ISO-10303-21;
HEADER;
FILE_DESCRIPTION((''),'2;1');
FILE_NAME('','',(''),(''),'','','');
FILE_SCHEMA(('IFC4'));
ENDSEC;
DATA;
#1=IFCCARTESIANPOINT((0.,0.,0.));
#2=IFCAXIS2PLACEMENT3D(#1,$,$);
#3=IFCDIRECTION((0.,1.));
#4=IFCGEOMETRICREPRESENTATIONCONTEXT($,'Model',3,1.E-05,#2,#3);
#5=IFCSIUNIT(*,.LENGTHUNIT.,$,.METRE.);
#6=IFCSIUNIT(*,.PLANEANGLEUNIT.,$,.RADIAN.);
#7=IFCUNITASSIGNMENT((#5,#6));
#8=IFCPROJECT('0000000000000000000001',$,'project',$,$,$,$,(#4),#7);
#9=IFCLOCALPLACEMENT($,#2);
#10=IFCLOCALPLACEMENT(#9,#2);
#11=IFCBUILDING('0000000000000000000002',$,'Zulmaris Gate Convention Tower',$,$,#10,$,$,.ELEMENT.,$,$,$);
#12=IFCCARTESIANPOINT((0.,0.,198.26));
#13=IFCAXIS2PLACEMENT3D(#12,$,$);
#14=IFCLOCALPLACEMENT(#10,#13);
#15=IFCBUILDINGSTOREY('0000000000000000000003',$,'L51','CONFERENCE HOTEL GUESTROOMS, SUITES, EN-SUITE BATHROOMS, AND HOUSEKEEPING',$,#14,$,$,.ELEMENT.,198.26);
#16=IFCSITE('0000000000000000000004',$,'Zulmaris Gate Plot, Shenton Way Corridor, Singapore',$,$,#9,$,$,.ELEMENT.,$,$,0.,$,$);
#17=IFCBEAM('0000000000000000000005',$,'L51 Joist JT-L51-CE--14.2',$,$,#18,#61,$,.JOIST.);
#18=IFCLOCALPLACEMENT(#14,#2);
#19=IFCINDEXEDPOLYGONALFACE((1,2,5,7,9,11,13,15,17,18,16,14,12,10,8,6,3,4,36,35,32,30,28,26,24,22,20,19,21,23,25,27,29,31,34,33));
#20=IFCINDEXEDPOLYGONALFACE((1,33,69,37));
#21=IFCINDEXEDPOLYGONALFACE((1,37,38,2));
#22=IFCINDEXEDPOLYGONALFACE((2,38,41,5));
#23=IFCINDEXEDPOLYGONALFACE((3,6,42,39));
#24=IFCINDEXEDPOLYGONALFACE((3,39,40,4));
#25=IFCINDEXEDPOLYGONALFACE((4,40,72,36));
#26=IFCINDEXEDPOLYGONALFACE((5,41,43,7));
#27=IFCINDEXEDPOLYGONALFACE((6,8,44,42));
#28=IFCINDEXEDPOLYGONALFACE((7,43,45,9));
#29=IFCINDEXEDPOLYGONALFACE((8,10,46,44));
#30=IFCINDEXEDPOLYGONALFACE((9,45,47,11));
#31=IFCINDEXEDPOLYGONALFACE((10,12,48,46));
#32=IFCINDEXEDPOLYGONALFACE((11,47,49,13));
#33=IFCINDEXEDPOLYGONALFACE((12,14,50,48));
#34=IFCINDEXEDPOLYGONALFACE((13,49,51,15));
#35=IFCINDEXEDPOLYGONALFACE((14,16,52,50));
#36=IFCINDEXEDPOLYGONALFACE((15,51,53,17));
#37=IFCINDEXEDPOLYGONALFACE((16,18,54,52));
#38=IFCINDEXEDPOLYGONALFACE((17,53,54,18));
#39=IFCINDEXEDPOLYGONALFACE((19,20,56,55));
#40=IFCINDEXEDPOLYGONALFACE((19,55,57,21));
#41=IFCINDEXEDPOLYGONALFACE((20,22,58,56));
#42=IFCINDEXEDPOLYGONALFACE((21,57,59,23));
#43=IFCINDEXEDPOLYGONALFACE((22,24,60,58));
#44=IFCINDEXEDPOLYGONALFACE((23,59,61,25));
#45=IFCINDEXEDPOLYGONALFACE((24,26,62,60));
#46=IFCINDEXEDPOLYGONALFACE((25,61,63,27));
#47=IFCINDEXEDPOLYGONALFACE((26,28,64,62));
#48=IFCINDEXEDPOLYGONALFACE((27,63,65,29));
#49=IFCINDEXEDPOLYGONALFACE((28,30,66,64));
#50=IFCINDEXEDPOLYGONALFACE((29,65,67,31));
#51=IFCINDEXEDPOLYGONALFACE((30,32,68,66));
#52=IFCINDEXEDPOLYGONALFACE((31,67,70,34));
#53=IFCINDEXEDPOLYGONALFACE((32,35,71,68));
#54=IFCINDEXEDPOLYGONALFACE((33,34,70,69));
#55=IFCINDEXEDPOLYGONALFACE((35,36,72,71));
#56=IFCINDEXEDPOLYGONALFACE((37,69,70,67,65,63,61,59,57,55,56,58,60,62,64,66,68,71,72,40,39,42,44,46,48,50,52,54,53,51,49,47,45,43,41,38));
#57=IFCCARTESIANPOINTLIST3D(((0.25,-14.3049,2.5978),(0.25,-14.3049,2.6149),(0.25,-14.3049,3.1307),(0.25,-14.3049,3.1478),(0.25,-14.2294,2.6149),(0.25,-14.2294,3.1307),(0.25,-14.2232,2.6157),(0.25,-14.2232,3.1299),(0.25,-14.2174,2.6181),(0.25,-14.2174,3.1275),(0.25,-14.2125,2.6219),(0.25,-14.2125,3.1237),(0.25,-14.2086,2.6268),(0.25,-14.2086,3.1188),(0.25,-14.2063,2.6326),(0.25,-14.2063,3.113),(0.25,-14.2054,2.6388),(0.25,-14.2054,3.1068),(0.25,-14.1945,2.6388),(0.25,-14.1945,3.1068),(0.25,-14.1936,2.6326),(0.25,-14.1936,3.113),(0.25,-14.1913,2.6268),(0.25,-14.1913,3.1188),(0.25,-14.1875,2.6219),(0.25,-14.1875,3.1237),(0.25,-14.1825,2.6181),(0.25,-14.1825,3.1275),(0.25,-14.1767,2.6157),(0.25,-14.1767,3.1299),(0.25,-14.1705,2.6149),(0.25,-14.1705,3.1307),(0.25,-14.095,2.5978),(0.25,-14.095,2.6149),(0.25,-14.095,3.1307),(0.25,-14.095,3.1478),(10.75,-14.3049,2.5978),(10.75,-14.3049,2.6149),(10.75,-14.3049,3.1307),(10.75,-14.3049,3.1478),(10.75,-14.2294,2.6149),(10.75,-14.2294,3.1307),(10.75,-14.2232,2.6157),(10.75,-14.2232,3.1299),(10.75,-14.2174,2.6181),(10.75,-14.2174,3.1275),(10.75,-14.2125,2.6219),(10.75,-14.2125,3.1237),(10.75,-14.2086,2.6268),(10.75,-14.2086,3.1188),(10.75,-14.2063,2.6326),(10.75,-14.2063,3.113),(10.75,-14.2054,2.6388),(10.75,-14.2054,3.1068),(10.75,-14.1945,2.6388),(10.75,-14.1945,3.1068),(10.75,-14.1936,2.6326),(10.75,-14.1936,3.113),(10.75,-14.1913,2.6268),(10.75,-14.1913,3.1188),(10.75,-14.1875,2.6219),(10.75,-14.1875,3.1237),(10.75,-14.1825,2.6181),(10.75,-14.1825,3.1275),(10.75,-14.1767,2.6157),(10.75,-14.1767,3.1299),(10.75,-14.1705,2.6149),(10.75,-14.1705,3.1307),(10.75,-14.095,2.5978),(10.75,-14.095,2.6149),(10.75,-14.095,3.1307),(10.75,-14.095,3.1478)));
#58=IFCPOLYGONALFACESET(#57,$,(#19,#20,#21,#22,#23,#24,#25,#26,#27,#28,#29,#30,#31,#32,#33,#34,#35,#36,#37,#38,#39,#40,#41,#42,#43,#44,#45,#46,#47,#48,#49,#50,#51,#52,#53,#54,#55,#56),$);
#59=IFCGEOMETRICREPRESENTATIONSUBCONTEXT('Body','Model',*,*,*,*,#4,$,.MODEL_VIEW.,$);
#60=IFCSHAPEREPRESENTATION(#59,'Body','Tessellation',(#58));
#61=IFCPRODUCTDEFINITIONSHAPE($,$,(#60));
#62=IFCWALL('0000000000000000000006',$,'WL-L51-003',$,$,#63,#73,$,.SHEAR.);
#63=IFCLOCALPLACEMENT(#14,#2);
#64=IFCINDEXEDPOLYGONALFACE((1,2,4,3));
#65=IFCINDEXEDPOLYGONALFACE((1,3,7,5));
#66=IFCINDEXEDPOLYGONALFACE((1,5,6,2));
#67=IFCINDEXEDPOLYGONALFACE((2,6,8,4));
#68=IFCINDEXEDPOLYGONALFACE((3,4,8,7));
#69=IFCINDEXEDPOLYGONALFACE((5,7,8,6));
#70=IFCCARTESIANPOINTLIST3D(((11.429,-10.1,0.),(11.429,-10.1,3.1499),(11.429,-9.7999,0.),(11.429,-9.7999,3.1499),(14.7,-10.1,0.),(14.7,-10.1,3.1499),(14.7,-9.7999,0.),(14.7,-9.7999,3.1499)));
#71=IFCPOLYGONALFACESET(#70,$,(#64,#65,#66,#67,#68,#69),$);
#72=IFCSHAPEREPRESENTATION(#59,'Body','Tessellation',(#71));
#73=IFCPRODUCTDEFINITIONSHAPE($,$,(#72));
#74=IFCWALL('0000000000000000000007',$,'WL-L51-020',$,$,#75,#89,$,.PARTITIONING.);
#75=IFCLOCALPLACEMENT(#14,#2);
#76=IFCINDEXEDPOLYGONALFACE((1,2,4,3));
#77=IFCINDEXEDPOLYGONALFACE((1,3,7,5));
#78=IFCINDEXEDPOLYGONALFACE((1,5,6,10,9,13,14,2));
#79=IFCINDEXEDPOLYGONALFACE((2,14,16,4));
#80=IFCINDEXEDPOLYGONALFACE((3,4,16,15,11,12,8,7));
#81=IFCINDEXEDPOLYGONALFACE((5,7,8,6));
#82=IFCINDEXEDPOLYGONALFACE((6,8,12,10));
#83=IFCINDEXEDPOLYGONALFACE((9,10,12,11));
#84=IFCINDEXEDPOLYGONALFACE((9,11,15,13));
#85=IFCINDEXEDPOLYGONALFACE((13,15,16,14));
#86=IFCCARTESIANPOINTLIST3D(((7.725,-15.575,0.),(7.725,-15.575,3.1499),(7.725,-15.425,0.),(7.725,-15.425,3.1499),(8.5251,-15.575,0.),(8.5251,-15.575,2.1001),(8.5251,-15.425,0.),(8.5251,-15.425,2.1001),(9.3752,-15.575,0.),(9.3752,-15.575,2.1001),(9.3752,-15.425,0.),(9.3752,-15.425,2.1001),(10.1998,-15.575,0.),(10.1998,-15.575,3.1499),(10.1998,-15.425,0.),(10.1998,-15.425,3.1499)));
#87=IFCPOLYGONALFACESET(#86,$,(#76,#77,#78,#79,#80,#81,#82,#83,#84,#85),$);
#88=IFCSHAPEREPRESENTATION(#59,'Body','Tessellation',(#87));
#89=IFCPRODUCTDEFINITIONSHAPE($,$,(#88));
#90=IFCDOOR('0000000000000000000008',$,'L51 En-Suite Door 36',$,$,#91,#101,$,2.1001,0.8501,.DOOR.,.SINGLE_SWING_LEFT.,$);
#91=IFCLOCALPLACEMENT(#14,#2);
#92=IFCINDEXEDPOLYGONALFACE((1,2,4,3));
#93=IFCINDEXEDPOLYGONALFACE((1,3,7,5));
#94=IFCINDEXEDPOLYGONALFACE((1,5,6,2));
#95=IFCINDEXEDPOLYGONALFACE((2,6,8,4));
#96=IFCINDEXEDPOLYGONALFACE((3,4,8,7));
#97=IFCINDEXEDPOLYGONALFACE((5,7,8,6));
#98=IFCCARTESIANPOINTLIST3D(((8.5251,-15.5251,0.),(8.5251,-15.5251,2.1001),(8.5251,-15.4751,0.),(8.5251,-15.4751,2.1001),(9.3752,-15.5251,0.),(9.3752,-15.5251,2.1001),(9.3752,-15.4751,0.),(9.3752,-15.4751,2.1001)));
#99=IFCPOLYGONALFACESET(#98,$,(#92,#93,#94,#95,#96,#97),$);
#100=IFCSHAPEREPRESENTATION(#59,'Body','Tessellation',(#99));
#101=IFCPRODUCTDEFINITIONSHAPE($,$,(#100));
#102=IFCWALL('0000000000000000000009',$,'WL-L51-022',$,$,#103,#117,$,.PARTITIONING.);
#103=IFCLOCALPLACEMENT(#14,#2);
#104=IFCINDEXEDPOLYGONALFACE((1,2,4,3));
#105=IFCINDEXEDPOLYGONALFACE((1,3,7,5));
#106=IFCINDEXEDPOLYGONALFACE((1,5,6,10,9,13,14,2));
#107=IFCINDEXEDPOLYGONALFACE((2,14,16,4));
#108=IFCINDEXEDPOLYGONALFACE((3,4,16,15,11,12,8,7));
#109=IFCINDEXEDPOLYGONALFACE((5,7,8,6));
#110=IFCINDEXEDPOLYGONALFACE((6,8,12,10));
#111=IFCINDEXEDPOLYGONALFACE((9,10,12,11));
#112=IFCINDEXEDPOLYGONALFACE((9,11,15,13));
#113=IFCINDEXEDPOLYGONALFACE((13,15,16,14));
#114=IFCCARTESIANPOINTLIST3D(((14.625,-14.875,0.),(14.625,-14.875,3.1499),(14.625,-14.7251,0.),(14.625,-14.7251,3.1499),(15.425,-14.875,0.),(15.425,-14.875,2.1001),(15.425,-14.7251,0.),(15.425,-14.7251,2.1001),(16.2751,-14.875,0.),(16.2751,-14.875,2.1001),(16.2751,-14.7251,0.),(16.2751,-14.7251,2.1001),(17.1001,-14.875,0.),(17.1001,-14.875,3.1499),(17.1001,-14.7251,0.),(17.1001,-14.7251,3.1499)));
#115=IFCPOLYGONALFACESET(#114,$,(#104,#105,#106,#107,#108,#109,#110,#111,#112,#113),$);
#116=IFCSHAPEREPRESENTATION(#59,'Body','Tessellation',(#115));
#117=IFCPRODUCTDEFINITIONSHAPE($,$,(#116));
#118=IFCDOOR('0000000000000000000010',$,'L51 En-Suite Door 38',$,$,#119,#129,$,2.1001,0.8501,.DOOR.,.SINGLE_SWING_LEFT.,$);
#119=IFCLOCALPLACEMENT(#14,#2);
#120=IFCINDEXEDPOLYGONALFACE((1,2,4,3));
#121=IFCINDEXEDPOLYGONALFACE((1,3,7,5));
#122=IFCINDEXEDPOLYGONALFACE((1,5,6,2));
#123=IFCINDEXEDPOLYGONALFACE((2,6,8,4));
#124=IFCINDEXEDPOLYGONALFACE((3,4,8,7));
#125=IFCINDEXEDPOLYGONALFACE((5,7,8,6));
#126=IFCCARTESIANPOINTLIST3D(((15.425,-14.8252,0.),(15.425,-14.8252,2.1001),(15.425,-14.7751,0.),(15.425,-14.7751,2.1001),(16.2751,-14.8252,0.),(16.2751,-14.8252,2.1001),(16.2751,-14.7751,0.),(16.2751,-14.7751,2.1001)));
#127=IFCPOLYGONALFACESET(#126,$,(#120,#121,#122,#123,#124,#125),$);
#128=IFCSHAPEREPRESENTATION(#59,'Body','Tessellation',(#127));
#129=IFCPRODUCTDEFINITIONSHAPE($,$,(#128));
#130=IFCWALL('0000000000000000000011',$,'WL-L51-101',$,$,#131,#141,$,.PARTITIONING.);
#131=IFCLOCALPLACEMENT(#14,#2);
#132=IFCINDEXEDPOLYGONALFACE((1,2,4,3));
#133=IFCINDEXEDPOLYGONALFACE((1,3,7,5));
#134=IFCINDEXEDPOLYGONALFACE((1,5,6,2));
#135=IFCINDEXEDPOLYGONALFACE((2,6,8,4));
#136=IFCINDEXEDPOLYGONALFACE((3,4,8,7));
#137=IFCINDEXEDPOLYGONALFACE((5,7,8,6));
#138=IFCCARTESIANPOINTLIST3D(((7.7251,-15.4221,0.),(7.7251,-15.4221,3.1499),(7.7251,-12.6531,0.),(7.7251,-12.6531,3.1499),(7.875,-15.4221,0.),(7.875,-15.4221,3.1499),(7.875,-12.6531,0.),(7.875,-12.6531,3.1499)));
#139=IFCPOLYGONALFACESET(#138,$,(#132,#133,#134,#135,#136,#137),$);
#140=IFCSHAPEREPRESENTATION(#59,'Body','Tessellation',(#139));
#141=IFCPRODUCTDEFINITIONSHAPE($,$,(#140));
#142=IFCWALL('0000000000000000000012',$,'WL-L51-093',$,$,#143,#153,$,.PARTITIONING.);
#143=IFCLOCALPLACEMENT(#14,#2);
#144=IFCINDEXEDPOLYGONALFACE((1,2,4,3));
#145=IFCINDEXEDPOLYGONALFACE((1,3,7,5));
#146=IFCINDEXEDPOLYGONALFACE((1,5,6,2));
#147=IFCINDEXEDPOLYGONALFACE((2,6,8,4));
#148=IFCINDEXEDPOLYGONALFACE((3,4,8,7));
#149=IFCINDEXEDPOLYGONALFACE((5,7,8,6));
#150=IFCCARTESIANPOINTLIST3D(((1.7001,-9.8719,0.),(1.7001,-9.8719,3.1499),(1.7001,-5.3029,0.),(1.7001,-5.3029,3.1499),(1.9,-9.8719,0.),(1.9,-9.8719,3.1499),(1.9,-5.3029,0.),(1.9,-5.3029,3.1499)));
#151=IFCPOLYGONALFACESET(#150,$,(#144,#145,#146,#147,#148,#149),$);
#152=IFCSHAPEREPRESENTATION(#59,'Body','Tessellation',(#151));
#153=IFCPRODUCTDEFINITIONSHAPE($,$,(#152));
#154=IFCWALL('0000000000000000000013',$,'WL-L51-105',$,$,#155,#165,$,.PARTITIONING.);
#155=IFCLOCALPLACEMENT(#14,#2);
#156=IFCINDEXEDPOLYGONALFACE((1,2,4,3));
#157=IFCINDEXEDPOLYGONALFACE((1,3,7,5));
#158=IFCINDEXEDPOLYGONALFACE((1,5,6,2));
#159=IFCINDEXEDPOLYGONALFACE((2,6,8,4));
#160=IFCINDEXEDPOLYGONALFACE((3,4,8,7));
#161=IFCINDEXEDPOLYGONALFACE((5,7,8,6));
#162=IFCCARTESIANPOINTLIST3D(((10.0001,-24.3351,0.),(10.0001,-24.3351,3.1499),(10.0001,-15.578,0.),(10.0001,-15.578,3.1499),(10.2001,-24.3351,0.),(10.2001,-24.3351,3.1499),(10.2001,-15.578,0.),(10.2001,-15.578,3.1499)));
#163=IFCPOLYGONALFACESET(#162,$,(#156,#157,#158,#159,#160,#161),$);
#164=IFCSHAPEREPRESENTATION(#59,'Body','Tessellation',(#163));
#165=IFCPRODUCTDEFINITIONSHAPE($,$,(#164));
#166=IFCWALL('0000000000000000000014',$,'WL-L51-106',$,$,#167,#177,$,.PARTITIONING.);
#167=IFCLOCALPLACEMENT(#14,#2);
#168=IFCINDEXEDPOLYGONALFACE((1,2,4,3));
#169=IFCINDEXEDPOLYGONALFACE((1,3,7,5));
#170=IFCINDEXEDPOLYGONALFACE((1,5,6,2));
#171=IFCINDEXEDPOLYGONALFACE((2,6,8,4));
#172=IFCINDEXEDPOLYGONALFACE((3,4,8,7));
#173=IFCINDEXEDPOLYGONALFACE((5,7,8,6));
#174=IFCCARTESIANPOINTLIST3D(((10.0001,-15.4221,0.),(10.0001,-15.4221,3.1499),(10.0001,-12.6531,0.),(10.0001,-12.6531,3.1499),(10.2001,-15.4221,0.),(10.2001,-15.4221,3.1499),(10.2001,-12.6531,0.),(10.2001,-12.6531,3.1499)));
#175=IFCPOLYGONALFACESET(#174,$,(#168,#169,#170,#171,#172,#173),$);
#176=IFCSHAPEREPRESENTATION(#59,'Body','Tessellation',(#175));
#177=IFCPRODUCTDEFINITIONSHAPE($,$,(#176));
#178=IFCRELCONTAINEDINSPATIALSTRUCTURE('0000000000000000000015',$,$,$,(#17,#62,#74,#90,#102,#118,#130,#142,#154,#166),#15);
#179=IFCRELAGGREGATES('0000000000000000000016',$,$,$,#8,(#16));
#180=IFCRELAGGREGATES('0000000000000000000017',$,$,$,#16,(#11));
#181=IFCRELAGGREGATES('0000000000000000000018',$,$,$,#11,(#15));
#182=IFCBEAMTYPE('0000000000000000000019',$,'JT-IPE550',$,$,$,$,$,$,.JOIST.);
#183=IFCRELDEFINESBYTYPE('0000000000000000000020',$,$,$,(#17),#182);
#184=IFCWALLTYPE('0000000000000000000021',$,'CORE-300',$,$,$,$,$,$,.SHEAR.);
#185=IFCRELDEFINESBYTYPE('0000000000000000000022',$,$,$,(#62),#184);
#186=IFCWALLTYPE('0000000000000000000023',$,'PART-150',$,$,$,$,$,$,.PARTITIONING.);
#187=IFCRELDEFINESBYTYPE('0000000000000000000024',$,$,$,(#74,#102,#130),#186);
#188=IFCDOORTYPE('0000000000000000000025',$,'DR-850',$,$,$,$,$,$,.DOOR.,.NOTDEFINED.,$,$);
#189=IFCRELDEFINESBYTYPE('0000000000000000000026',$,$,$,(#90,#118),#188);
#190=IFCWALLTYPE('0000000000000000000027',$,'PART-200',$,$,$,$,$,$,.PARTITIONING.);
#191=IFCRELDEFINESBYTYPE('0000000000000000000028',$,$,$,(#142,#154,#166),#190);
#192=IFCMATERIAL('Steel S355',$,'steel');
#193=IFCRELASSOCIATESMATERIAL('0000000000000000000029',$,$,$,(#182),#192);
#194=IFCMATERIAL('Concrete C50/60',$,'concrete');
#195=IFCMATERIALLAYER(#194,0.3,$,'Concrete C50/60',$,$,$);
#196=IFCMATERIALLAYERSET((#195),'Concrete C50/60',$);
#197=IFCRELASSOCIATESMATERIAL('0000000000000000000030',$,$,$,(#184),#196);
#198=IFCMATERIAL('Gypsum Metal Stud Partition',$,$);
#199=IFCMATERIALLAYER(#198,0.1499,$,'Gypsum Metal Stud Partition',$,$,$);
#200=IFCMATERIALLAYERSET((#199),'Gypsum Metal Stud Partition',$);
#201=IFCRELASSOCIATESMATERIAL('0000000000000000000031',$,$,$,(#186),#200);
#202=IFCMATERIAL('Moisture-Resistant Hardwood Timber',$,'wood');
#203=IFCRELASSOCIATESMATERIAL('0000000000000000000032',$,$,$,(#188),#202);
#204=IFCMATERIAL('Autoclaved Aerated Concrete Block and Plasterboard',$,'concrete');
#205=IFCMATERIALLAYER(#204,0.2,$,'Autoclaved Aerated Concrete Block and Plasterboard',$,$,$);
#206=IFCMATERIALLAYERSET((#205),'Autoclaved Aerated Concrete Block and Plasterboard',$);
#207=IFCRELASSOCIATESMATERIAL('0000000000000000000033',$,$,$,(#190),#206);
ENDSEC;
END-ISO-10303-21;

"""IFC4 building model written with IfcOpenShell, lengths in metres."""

from ifc_helpers import new_model, si_unit, direction, frame, frame_2d, origin, origin_2d, place, context, subcontext, project, spatial, rectangle, i_section, extrude, material, layer, layer_set, material_profile, profile_set, type_object, element, fill, save


model = new_model("IFC4")

# Units and contexts
model_context = context("Model", 3, precision=1e-05, world=origin(), true_north=direction((0.0, 1.0)))
body_context = subcontext(model_context, "Body", "Model", "MODEL_VIEW")
ifc_project = project(units=[si_unit("LENGTHUNIT", "METRE"), si_unit("PLANEANGLEUNIT", "RADIAN")], contexts=[model_context])

# Site, building, storey
site_placement = place(None, origin())
site = spatial("IfcSite", under=ifc_project, at=site_placement, Name="Zulmaris Gate Plot, Shenton Way Corridor, Singapore", CompositionType="ELEMENT", RefElevation=0.0)
building_placement = place(site_placement, origin())
building = spatial("IfcBuilding", under=site, at=building_placement, Name="Zulmaris Gate Convention Tower", CompositionType="ELEMENT")
storey_placement = place(building_placement, frame((0.0, 0.0, 198.26)))
storey = spatial("IfcBuildingStorey", under=building, at=storey_placement, Name="L51", Description="CONFERENCE HOTEL GUESTROOMS, SUITES, EN-SUITE BATHROOMS, AND HOUSEKEEPING", CompositionType="ELEMENT", Elevation=198.26)

# Beam
ifc_material_1 = material(Name="Steel S355", Category="steel")
ifc_material_2 = material(Name="Concrete C50/60", Category="concrete")
ifc_material_profile_1 = material_profile(ifc_material_1, i_section(OverallWidth=0.21, OverallDepth=0.55, WebThickness=0.011, FlangeThickness=0.0171, FilletRadius=0.0239, at=origin_2d()), Name="IPE 550")
ifc_profile_set_1 = profile_set([ifc_material_profile_1], Name="Steel S355")
beam_type_1 = type_object("IfcBeamType", Name="JT-IPE550", PredefinedType="JOIST", material=ifc_profile_set_1)
for number, where, z_axis, x_axis, name in (
    (1, (0.25, -14.2, 2.8728), (1.0, 0.0, 0.0), (0.0, 1.0, 0.0), "L51 Joist JT-L51-CE--14.2"),
):
    element("IfcBeam", number, at=place(storey_placement, frame(where, z_axis=z_axis, x_axis=x_axis)), inside=storey, type_object=beam_type_1, Name=name, PredefinedType="JOIST", context=body_context, shape_type="SweptSolid", body=[
        extrude(i_section(OverallWidth=0.21, OverallDepth=0.55, WebThickness=0.011, FlangeThickness=0.0171, FilletRadius=0.0239, at=origin_2d()), origin(), (0.0, 0.0, 1.0), 10.5),
    ])

# Wall
ifc_layer_1 = layer(ifc_material_2, 0.3, Name="Concrete C50/60")
ifc_layer_set_1 = layer_set([ifc_layer_1], Name="Concrete C50/60")
wall_type_1 = type_object("IfcWallType", Name="CORE-300", PredefinedType="SHEAR", material=ifc_layer_set_1)
wall_1_placement = place(storey_placement, frame((11.429, -9.95, 0.0), z_axis=(0.0, 0.0, 1.0), x_axis=(1.0, 0.0, 0.0)))
element("IfcWall", 2, at=wall_1_placement, inside=storey, type_object=wall_type_1, Name="WL-L51-003", PredefinedType="SHEAR", context=body_context, shape_type="SweptSolid", body=[
    extrude(rectangle(XDim=3.271, YDim=0.3, at=frame_2d((1.6355, 0.0))), origin(), (0.0, 0.0, 1.0), 3.1499),
])

# Walls, openings, doors
ifc_material_3 = material(Name="Gypsum Metal Stud Partition")
ifc_layer_2 = layer(ifc_material_3, 0.1499, Name="Gypsum Metal Stud Partition")
ifc_layer_set_2 = layer_set([ifc_layer_2], Name="Gypsum Metal Stud Partition")
wall_type_2 = type_object("IfcWallType", Name="PART-150", PredefinedType="PARTITIONING", material=ifc_layer_set_2)
wall_2_placement = place(storey_placement, frame((7.7251, -15.5, 0.0), z_axis=(0.0, 0.0, 1.0), x_axis=(1.0, 0.0, 0.0)))
wall_2 = element("IfcWall", 3, at=wall_2_placement, inside=storey, type_object=wall_type_2, Name="WL-L51-020", PredefinedType="PARTITIONING", context=body_context, shape_type="SweptSolid", body=[
    extrude(rectangle(XDim=2.4749, YDim=0.1499, at=frame_2d((1.2373, 0.0))), origin(), (0.0, 0.0, 1.0), 3.1499),
])
opening_1_placement = place(wall_2_placement, frame((0.8, 0.0, 0.0)))
opening_1 = element("IfcOpeningElement", 4, at=opening_1_placement, cuts=wall_2, PredefinedType="OPENING", context=body_context, shape_type="SweptSolid", body=[
    extrude(rectangle(XDim=0.8501, YDim=2.1001, at=frame_2d((0.425, 1.05))), frame((0.0, 0.085, 0.0), z_axis=(0.0, -1.0, 0.0), x_axis=(1.0, 0.0, 0.0)), (0.0, 0.0, 1.0), 0.1699),
])
ifc_material_4 = material(Name="Moisture-Resistant Hardwood Timber", Category="wood")
door_type = type_object("IfcDoorType", Name="DR-850", OperationType="NOTDEFINED", PredefinedType="DOOR", material=ifc_material_4)
door_1_placement = place(opening_1_placement, origin())
door_1 = element("IfcDoor", 5, at=door_1_placement, inside=storey, type_object=door_type, Name="L51 En-Suite Door 36", OperationType="SINGLE_SWING_LEFT", OverallHeight=2.1001, OverallWidth=0.8501, PredefinedType="DOOR", context=body_context, shape_type="SweptSolid", body=[
    extrude(rectangle(XDim=0.8501, YDim=2.1001, at=frame_2d((0.425, 1.05))), frame((0.0, 0.0249, 0.0), z_axis=(0.0, -1.0, 0.0), x_axis=(1.0, 0.0, 0.0)), (0.0, 0.0, 1.0), 0.05),
])
fill(opening_1, door_1)
wall_3_placement = place(storey_placement, frame((14.625, -14.8, 0.0), z_axis=(0.0, 0.0, 1.0), x_axis=(1.0, 0.0, 0.0)))
wall_3 = element("IfcWall", 6, at=wall_3_placement, inside=storey, type_object=wall_type_2, Name="WL-L51-022", PredefinedType="PARTITIONING", context=body_context, shape_type="SweptSolid", body=[
    extrude(rectangle(XDim=2.4751, YDim=0.1499, at=frame_2d((1.2375, 0.0))), origin(), (0.0, 0.0, 1.0), 3.1499),
])
opening_2_placement = place(wall_3_placement, frame((0.8, 0.0, 0.0)))
opening_2 = element("IfcOpeningElement", 7, at=opening_2_placement, cuts=wall_3, PredefinedType="OPENING", context=body_context, shape_type="SweptSolid", body=[
    extrude(rectangle(XDim=0.8501, YDim=2.1001, at=frame_2d((0.425, 1.05))), frame((0.0, 0.085, 0.0), z_axis=(0.0, -1.0, 0.0), x_axis=(1.0, 0.0, 0.0)), (0.0, 0.0, 1.0), 0.1699),
])
door_2_placement = place(opening_2_placement, origin())
door_2 = element("IfcDoor", 8, at=door_2_placement, inside=storey, type_object=door_type, Name="L51 En-Suite Door 38", OperationType="SINGLE_SWING_LEFT", OverallHeight=2.1001, OverallWidth=0.8501, PredefinedType="DOOR", context=body_context, shape_type="SweptSolid", body=[
    extrude(rectangle(XDim=0.8501, YDim=2.1001, at=frame_2d((0.425, 1.05))), frame((0.0, 0.0249, 0.0), z_axis=(0.0, -1.0, 0.0), x_axis=(1.0, 0.0, 0.0)), (0.0, 0.0, 1.0), 0.05),
])
fill(opening_2, door_2)

# Walls
wall_4_placement = place(storey_placement, frame((7.8, -15.4221, 0.0), z_axis=(0.0, 0.0, 1.0), x_axis=(0.0, 1.0, 0.0)))
element("IfcWall", 9, at=wall_4_placement, inside=storey, type_object=wall_type_2, Name="WL-L51-101", PredefinedType="PARTITIONING", context=body_context, shape_type="SweptSolid", body=[
    extrude(rectangle(XDim=2.769, YDim=0.1499, at=frame_2d((1.3845, 0.0))), origin(), (0.0, 0.0, 1.0), 3.1499),
])
ifc_material_5 = material(Name="Autoclaved Aerated Concrete Block and Plasterboard", Category="concrete")
ifc_layer_3 = layer(ifc_material_5, 0.2, Name="Autoclaved Aerated Concrete Block and Plasterboard")
ifc_layer_set_3 = layer_set([ifc_layer_3], Name="Autoclaved Aerated Concrete Block and Plasterboard")
wall_type_3 = type_object("IfcWallType", Name="PART-200", PredefinedType="PARTITIONING", material=ifc_layer_set_3)
wall_5_placement = place(storey_placement, frame((1.8, -9.8721, 0.0), z_axis=(0.0, 0.0, 1.0), x_axis=(0.0, 1.0, 0.0)))
element("IfcWall", 10, at=wall_5_placement, inside=storey, type_object=wall_type_3, Name="WL-L51-093", PredefinedType="PARTITIONING", context=body_context, shape_type="SweptSolid", body=[
    extrude(rectangle(XDim=4.5691, YDim=0.2, at=frame_2d((2.2847, 0.0))), origin(), (0.0, 0.0, 1.0), 3.1499),
])
wall_6_placement = place(storey_placement, frame((10.1001, -24.335, 0.0), z_axis=(0.0, 0.0, 1.0), x_axis=(0.0, 1.0, 0.0)))
element("IfcWall", 11, at=wall_6_placement, inside=storey, type_object=wall_type_3, Name="WL-L51-105", PredefinedType="PARTITIONING", context=body_context, shape_type="SweptSolid", body=[
    extrude(rectangle(XDim=8.7571, YDim=0.2, at=frame_2d((4.3784, 0.0))), origin(), (0.0, 0.0, 1.0), 3.1499),
])
wall_7_placement = place(storey_placement, frame((10.1001, -15.4221, 0.0), z_axis=(0.0, 0.0, 1.0), x_axis=(0.0, 1.0, 0.0)))
element("IfcWall", 12, at=wall_7_placement, inside=storey, type_object=wall_type_3, Name="WL-L51-106", PredefinedType="PARTITIONING", context=body_context, shape_type="SweptSolid", body=[
    extrude(rectangle(XDim=2.769, YDim=0.2, at=frame_2d((1.3845, 0.0))), origin(), (0.0, 0.0, 1.0), 3.1499),
])

save(model, "model.ifc")
